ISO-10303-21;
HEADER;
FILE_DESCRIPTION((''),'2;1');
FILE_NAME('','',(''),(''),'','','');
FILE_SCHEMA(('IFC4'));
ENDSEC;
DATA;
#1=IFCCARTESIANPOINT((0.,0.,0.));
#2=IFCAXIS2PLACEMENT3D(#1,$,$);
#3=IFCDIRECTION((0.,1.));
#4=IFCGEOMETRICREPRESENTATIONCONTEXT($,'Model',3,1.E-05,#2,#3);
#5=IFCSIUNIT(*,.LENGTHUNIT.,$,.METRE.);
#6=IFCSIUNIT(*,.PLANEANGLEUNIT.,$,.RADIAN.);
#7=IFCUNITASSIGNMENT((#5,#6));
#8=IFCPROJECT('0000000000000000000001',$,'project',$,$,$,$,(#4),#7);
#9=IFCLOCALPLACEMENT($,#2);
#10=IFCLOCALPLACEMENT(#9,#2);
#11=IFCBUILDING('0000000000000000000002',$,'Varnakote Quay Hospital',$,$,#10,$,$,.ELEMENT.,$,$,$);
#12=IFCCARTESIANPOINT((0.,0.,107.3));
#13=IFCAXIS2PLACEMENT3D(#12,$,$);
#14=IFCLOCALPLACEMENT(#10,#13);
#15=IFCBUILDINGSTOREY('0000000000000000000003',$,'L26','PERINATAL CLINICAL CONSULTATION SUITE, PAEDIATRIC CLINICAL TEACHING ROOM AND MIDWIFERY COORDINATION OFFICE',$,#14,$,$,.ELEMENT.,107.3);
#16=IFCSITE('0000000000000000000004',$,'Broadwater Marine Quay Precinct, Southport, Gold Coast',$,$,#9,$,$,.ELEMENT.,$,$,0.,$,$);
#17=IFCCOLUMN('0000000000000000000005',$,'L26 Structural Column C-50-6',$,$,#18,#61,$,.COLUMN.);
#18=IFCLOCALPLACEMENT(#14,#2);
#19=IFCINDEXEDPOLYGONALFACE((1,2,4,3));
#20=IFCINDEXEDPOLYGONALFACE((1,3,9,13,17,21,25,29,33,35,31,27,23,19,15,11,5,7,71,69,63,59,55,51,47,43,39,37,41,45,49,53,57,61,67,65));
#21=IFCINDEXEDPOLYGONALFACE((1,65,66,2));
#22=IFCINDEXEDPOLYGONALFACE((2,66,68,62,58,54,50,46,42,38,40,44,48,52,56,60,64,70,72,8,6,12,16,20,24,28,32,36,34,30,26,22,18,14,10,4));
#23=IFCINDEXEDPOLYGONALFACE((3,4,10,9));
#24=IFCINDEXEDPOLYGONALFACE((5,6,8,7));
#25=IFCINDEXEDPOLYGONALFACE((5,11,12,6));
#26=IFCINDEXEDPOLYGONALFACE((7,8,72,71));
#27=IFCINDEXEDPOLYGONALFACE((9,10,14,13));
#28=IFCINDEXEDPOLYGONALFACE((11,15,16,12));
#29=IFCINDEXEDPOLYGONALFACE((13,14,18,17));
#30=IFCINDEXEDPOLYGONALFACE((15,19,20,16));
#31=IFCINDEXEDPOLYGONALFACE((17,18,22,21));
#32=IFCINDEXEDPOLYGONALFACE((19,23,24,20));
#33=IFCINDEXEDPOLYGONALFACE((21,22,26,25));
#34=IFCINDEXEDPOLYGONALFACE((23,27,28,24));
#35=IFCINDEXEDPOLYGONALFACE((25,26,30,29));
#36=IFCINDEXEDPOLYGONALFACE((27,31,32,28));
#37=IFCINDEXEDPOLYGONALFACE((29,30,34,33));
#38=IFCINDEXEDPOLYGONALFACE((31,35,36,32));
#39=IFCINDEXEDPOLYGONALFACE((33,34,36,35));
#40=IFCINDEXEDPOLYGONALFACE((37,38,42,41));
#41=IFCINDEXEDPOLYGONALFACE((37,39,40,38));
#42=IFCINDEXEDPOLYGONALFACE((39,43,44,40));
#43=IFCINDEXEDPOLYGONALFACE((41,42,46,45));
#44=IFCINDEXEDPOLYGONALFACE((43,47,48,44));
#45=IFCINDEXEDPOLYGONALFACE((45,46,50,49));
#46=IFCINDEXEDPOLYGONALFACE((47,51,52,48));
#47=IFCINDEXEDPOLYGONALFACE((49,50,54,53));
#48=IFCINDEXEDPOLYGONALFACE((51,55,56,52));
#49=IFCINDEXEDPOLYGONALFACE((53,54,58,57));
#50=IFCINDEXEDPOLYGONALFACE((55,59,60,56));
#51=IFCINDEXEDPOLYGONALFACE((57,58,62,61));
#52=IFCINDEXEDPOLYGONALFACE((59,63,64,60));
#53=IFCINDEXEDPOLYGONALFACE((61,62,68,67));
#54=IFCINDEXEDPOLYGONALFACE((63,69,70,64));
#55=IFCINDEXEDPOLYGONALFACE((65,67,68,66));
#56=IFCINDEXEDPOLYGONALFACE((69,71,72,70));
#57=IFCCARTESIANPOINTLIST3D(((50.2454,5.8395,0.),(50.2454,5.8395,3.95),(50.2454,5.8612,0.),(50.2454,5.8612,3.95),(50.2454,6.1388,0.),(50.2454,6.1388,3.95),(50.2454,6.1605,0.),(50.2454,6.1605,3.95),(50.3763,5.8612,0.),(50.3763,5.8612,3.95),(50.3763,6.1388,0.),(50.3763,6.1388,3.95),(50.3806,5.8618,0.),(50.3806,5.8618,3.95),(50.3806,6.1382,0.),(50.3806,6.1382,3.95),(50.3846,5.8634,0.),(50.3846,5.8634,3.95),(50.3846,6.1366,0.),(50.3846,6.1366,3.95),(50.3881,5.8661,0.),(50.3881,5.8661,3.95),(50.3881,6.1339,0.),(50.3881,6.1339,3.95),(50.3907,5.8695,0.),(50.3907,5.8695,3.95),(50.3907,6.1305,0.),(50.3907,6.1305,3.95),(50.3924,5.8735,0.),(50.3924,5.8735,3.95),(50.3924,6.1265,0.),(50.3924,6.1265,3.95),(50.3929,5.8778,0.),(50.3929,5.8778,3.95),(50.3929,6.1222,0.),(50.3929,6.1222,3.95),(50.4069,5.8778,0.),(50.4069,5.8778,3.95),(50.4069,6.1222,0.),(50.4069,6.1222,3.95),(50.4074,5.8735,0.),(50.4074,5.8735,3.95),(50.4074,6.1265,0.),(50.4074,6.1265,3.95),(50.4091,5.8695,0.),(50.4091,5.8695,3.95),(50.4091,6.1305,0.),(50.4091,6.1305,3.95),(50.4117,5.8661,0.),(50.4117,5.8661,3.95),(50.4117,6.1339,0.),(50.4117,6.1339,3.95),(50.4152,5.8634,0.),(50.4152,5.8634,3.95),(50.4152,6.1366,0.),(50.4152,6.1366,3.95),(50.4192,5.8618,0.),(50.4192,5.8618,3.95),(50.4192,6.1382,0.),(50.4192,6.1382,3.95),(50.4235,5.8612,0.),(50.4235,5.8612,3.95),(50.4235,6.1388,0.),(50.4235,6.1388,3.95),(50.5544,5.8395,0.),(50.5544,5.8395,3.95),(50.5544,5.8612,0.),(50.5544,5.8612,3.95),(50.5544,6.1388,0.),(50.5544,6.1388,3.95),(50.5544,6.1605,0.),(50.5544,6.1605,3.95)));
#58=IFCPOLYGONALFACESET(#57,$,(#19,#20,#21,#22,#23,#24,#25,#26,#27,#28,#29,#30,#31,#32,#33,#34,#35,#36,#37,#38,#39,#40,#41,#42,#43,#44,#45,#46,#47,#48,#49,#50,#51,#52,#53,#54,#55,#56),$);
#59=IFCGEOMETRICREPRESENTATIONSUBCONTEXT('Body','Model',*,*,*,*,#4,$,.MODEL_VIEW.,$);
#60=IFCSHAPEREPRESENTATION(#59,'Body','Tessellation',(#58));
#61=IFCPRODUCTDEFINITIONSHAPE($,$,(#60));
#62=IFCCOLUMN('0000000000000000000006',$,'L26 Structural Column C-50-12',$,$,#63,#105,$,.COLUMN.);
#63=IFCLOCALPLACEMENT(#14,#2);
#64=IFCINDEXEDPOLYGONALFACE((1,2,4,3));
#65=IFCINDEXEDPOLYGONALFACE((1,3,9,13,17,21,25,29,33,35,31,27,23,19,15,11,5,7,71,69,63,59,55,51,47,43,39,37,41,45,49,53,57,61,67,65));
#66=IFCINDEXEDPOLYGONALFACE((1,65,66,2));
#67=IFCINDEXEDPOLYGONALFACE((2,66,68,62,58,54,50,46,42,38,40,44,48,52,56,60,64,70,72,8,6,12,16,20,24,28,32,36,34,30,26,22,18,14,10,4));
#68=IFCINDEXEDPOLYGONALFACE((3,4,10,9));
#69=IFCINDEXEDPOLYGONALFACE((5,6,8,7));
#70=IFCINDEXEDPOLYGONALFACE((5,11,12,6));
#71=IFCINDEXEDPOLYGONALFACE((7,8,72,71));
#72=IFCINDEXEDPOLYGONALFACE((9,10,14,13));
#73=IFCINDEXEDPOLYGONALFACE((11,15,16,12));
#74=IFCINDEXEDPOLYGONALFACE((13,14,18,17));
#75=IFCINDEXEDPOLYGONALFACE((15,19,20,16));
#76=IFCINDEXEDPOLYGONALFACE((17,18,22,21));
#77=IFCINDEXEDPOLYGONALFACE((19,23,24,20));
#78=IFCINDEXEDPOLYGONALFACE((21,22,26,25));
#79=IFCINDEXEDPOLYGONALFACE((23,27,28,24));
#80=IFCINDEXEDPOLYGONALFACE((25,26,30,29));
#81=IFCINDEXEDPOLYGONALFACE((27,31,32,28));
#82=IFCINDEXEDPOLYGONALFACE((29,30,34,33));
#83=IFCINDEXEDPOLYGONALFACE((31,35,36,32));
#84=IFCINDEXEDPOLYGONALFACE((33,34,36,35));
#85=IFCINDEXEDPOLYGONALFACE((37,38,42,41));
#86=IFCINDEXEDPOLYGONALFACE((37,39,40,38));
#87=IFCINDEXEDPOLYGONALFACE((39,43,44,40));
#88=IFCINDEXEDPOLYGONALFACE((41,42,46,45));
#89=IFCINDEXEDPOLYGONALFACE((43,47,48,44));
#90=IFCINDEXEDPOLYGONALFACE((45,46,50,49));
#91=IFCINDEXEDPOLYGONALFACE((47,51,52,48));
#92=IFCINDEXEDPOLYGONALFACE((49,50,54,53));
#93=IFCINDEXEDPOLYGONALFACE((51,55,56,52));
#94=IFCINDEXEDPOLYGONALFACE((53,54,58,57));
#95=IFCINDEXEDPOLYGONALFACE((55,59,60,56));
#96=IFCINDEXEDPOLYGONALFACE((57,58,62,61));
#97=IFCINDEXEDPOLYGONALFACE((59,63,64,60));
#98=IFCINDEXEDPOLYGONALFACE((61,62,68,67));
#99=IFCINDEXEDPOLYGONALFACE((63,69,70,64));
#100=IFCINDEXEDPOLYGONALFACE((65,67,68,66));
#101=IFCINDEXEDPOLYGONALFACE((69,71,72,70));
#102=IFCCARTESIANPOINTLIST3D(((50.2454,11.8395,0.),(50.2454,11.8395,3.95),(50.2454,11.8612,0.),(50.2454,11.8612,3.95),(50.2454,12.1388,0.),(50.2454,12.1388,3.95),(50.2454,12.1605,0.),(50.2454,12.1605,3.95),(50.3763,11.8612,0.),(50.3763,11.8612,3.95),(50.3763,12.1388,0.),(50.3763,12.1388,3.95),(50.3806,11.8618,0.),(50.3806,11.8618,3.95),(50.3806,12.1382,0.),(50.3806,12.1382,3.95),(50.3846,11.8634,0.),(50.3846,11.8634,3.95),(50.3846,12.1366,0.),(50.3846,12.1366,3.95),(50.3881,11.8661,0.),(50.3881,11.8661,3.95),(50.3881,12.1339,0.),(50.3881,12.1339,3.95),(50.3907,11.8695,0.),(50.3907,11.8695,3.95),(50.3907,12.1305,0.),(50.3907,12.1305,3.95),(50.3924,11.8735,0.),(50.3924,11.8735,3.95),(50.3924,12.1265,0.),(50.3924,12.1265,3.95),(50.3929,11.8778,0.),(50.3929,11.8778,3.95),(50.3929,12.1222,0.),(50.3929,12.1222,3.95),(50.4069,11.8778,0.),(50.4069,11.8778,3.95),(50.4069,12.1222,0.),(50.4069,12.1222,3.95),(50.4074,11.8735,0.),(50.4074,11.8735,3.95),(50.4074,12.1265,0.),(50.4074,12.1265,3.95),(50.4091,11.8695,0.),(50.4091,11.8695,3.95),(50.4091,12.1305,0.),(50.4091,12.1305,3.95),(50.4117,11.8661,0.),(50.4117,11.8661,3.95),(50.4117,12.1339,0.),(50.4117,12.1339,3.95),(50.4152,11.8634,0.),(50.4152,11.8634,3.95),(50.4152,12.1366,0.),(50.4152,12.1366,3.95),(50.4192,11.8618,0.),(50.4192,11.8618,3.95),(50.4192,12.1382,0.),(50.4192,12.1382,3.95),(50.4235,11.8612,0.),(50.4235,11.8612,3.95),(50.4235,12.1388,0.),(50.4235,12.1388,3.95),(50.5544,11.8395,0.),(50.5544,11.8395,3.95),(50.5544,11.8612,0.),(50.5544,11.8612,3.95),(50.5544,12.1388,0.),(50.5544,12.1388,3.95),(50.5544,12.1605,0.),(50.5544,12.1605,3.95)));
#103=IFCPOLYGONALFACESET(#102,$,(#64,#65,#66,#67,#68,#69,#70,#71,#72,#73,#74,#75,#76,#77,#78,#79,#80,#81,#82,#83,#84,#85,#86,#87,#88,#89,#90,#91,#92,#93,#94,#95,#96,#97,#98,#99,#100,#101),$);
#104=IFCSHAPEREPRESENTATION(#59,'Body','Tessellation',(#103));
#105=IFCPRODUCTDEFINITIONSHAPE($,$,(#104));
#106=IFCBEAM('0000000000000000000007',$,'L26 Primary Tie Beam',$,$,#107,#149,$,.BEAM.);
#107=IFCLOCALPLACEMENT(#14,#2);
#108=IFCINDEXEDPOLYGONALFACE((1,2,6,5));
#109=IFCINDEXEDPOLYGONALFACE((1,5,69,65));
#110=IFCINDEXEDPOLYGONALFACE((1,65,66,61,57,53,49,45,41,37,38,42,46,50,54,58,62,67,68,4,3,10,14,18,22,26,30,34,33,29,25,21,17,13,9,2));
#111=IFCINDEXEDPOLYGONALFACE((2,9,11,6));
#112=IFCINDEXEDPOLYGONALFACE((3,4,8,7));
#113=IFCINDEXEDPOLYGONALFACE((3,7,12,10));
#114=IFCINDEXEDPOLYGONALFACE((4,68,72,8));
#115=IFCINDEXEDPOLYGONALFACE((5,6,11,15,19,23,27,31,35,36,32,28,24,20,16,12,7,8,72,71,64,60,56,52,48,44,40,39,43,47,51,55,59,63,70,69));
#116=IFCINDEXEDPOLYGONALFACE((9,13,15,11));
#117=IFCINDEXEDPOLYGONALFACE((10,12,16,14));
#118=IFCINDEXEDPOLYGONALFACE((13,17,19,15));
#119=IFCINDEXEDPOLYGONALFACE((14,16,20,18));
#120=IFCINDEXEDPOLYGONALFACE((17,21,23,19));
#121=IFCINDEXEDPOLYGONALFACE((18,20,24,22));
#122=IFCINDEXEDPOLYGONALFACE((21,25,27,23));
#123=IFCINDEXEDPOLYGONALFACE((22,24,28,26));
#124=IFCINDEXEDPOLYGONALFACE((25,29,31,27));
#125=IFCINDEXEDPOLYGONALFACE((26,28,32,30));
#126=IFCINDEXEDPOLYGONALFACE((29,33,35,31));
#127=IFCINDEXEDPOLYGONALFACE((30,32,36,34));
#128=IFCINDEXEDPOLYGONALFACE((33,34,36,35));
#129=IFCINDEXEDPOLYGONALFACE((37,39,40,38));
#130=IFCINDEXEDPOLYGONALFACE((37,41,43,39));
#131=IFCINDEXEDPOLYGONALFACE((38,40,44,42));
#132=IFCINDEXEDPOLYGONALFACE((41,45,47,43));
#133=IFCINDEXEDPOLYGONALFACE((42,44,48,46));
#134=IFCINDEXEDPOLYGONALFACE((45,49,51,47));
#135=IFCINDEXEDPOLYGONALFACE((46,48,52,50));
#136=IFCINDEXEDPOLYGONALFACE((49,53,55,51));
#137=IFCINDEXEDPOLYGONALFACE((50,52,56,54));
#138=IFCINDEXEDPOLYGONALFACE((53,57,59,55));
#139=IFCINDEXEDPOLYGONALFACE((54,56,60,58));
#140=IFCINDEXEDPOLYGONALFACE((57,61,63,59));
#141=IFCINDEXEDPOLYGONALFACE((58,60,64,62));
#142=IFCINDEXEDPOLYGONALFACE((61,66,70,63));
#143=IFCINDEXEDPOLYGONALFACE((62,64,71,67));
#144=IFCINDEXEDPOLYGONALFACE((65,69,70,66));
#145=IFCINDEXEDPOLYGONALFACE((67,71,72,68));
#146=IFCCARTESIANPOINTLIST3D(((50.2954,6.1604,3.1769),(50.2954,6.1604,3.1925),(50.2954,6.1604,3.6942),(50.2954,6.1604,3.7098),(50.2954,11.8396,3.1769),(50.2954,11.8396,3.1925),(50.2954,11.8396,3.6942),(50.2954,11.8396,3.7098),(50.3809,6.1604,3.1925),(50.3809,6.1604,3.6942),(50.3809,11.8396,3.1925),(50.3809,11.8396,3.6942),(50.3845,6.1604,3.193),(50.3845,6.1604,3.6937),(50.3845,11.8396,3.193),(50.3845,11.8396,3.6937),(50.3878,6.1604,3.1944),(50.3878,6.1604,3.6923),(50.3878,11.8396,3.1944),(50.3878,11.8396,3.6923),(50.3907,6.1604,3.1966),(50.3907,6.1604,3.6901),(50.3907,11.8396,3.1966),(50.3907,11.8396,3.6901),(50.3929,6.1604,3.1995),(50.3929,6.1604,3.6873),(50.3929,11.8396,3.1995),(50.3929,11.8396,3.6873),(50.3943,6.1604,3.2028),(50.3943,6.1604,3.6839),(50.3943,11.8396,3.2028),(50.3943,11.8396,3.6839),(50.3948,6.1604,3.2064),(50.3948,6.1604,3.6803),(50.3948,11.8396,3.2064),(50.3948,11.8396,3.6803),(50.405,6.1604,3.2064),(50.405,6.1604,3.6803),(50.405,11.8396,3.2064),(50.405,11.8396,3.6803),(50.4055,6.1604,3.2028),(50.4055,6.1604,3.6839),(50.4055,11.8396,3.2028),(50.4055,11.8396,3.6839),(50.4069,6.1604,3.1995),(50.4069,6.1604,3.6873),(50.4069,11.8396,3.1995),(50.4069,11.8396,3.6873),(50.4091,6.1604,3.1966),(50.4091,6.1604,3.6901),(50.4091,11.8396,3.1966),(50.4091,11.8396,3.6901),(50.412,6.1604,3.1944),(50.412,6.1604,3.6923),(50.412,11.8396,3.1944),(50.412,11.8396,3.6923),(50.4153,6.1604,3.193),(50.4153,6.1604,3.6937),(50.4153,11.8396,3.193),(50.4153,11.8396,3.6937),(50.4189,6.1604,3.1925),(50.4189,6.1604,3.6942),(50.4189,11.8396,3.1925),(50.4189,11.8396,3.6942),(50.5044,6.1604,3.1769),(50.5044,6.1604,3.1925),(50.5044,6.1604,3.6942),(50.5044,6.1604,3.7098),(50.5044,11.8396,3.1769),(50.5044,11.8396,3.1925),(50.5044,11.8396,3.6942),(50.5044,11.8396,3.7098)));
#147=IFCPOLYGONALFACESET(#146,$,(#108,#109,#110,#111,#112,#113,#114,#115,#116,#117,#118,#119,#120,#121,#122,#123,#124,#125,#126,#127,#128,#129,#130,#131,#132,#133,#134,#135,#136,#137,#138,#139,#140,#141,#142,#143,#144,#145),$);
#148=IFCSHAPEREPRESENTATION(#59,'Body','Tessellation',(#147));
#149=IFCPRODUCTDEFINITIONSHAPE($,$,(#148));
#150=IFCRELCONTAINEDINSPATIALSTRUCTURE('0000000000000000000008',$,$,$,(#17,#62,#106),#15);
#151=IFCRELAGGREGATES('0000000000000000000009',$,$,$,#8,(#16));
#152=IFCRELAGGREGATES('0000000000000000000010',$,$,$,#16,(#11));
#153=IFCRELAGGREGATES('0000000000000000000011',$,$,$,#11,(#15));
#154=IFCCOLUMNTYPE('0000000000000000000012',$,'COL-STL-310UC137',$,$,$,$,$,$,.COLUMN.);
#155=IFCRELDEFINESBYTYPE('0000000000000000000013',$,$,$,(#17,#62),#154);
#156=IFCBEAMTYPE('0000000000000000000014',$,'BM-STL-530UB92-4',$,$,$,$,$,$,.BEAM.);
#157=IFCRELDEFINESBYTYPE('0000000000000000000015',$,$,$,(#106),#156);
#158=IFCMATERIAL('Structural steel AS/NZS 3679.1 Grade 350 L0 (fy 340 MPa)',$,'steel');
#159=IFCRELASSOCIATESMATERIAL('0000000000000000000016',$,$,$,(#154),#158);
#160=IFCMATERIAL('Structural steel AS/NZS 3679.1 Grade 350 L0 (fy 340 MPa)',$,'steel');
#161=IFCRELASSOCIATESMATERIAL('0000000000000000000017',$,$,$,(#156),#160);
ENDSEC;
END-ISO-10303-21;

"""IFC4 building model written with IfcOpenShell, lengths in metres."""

from ifc_helpers import new_model, si_unit, direction, frame, origin, origin_2d, place, context, subcontext, project, spatial, i_section, extrude, material, material_profile, profile_set, type_object, element, save


model = new_model("IFC4")

# Units and contexts
model_context = context("Model", 3, precision=1e-05, world=origin(), true_north=direction((0.0, 1.0)))
body_context = subcontext(model_context, "Body", "Model", "MODEL_VIEW")
ifc_project = project(units=[si_unit("LENGTHUNIT", "METRE"), si_unit("PLANEANGLEUNIT", "RADIAN")], contexts=[model_context])

# Site, building, storey
site_placement = place(None, origin())
site = spatial("IfcSite", under=ifc_project, at=site_placement, Name="Broadwater Marine Quay Precinct, Southport, Gold Coast", CompositionType="ELEMENT", RefElevation=0.0)
building_placement = place(site_placement, origin())
building = spatial("IfcBuilding", under=site, at=building_placement, Name="Varnakote Quay Hospital", CompositionType="ELEMENT")
storey_placement = place(building_placement, frame((0.0, 0.0, 107.3)))
storey = spatial("IfcBuildingStorey", under=building, at=storey_placement, Name="L26", Description="PERINATAL CLINICAL CONSULTATION SUITE, PAEDIATRIC CLINICAL TEACHING ROOM AND MIDWIFERY COORDINATION OFFICE", CompositionType="ELEMENT", Elevation=107.3)

# Columns
ifc_material_1 = material(Name="Structural steel AS/NZS 3679.1 Grade 350 L0 (fy 340 MPa)", Category="steel")
ifc_material_profile_1 = material_profile(ifc_material_1, i_section(OverallWidth=0.3091, OverallDepth=0.321, WebThickness=0.0139, FlangeThickness=0.0217, FilletRadius=0.0166, at=origin_2d()), Name="310UC137")
ifc_profile_set_1 = profile_set([ifc_material_profile_1], Name="Structural steel AS/NZS 3679.1 Grade 350 L0 (fy 340 MPa)")
column_type = type_object("IfcColumnType", Name="COL-STL-310UC137", PredefinedType="COLUMN", material=ifc_profile_set_1)
for number, where, z_axis, x_axis, name in (
    (1, (50.3999, 6.0, 0.0), (0.0, 0.0, 1.0), (1.0, 0.0, 0.0), "L26 Structural Column C-50-6"),
    (2, (50.3999, 12.0, 0.0), (0.0, 0.0, 1.0), (1.0, 0.0, 0.0), "L26 Structural Column C-50-12"),
):
    element("IfcColumn", number, at=place(storey_placement, frame(where, z_axis=z_axis, x_axis=x_axis)), inside=storey, type_object=column_type, Name=name, PredefinedType="COLUMN", context=body_context, shape_type="SweptSolid", body=[
        extrude(i_section(OverallWidth=0.3091, OverallDepth=0.321, WebThickness=0.0139, FlangeThickness=0.0217, FilletRadius=0.0166, at=origin_2d()), origin(), (0.0, 0.0, 1.0), 3.95),
    ])

# Beam
ifc_material_2 = material(Name="Structural steel AS/NZS 3679.1 Grade 350 L0 (fy 340 MPa)", Category="steel")
ifc_material_profile_2 = material_profile(ifc_material_2, i_section(OverallWidth=0.209, OverallDepth=0.533, WebThickness=0.0103, FlangeThickness=0.0156, FilletRadius=0.0139, at=origin_2d()), Name="530UB92.4")
ifc_profile_set_2 = profile_set([ifc_material_profile_2], Name="Structural steel AS/NZS 3679.1 Grade 350 L0 (fy 340 MPa)")
beam_type = type_object("IfcBeamType", Name="BM-STL-530UB92-4", PredefinedType="BEAM", material=ifc_profile_set_2)
beam_placement = place(storey_placement, frame((50.3999, 6.1604, 3.4434), z_axis=(0.0, 1.0, 0.0), x_axis=(-1.0, 0.0, 0.0)))
element("IfcBeam", 3, at=beam_placement, inside=storey, type_object=beam_type, Name="L26 Primary Tie Beam", PredefinedType="BEAM", context=body_context, shape_type="SweptSolid", body=[
    extrude(i_section(OverallWidth=0.209, OverallDepth=0.533, WebThickness=0.0103, FlangeThickness=0.0156, FilletRadius=0.0139, at=origin_2d()), origin(), (0.0, 0.0, 1.0), 5.6792),
])

save(model, "model.ifc")
